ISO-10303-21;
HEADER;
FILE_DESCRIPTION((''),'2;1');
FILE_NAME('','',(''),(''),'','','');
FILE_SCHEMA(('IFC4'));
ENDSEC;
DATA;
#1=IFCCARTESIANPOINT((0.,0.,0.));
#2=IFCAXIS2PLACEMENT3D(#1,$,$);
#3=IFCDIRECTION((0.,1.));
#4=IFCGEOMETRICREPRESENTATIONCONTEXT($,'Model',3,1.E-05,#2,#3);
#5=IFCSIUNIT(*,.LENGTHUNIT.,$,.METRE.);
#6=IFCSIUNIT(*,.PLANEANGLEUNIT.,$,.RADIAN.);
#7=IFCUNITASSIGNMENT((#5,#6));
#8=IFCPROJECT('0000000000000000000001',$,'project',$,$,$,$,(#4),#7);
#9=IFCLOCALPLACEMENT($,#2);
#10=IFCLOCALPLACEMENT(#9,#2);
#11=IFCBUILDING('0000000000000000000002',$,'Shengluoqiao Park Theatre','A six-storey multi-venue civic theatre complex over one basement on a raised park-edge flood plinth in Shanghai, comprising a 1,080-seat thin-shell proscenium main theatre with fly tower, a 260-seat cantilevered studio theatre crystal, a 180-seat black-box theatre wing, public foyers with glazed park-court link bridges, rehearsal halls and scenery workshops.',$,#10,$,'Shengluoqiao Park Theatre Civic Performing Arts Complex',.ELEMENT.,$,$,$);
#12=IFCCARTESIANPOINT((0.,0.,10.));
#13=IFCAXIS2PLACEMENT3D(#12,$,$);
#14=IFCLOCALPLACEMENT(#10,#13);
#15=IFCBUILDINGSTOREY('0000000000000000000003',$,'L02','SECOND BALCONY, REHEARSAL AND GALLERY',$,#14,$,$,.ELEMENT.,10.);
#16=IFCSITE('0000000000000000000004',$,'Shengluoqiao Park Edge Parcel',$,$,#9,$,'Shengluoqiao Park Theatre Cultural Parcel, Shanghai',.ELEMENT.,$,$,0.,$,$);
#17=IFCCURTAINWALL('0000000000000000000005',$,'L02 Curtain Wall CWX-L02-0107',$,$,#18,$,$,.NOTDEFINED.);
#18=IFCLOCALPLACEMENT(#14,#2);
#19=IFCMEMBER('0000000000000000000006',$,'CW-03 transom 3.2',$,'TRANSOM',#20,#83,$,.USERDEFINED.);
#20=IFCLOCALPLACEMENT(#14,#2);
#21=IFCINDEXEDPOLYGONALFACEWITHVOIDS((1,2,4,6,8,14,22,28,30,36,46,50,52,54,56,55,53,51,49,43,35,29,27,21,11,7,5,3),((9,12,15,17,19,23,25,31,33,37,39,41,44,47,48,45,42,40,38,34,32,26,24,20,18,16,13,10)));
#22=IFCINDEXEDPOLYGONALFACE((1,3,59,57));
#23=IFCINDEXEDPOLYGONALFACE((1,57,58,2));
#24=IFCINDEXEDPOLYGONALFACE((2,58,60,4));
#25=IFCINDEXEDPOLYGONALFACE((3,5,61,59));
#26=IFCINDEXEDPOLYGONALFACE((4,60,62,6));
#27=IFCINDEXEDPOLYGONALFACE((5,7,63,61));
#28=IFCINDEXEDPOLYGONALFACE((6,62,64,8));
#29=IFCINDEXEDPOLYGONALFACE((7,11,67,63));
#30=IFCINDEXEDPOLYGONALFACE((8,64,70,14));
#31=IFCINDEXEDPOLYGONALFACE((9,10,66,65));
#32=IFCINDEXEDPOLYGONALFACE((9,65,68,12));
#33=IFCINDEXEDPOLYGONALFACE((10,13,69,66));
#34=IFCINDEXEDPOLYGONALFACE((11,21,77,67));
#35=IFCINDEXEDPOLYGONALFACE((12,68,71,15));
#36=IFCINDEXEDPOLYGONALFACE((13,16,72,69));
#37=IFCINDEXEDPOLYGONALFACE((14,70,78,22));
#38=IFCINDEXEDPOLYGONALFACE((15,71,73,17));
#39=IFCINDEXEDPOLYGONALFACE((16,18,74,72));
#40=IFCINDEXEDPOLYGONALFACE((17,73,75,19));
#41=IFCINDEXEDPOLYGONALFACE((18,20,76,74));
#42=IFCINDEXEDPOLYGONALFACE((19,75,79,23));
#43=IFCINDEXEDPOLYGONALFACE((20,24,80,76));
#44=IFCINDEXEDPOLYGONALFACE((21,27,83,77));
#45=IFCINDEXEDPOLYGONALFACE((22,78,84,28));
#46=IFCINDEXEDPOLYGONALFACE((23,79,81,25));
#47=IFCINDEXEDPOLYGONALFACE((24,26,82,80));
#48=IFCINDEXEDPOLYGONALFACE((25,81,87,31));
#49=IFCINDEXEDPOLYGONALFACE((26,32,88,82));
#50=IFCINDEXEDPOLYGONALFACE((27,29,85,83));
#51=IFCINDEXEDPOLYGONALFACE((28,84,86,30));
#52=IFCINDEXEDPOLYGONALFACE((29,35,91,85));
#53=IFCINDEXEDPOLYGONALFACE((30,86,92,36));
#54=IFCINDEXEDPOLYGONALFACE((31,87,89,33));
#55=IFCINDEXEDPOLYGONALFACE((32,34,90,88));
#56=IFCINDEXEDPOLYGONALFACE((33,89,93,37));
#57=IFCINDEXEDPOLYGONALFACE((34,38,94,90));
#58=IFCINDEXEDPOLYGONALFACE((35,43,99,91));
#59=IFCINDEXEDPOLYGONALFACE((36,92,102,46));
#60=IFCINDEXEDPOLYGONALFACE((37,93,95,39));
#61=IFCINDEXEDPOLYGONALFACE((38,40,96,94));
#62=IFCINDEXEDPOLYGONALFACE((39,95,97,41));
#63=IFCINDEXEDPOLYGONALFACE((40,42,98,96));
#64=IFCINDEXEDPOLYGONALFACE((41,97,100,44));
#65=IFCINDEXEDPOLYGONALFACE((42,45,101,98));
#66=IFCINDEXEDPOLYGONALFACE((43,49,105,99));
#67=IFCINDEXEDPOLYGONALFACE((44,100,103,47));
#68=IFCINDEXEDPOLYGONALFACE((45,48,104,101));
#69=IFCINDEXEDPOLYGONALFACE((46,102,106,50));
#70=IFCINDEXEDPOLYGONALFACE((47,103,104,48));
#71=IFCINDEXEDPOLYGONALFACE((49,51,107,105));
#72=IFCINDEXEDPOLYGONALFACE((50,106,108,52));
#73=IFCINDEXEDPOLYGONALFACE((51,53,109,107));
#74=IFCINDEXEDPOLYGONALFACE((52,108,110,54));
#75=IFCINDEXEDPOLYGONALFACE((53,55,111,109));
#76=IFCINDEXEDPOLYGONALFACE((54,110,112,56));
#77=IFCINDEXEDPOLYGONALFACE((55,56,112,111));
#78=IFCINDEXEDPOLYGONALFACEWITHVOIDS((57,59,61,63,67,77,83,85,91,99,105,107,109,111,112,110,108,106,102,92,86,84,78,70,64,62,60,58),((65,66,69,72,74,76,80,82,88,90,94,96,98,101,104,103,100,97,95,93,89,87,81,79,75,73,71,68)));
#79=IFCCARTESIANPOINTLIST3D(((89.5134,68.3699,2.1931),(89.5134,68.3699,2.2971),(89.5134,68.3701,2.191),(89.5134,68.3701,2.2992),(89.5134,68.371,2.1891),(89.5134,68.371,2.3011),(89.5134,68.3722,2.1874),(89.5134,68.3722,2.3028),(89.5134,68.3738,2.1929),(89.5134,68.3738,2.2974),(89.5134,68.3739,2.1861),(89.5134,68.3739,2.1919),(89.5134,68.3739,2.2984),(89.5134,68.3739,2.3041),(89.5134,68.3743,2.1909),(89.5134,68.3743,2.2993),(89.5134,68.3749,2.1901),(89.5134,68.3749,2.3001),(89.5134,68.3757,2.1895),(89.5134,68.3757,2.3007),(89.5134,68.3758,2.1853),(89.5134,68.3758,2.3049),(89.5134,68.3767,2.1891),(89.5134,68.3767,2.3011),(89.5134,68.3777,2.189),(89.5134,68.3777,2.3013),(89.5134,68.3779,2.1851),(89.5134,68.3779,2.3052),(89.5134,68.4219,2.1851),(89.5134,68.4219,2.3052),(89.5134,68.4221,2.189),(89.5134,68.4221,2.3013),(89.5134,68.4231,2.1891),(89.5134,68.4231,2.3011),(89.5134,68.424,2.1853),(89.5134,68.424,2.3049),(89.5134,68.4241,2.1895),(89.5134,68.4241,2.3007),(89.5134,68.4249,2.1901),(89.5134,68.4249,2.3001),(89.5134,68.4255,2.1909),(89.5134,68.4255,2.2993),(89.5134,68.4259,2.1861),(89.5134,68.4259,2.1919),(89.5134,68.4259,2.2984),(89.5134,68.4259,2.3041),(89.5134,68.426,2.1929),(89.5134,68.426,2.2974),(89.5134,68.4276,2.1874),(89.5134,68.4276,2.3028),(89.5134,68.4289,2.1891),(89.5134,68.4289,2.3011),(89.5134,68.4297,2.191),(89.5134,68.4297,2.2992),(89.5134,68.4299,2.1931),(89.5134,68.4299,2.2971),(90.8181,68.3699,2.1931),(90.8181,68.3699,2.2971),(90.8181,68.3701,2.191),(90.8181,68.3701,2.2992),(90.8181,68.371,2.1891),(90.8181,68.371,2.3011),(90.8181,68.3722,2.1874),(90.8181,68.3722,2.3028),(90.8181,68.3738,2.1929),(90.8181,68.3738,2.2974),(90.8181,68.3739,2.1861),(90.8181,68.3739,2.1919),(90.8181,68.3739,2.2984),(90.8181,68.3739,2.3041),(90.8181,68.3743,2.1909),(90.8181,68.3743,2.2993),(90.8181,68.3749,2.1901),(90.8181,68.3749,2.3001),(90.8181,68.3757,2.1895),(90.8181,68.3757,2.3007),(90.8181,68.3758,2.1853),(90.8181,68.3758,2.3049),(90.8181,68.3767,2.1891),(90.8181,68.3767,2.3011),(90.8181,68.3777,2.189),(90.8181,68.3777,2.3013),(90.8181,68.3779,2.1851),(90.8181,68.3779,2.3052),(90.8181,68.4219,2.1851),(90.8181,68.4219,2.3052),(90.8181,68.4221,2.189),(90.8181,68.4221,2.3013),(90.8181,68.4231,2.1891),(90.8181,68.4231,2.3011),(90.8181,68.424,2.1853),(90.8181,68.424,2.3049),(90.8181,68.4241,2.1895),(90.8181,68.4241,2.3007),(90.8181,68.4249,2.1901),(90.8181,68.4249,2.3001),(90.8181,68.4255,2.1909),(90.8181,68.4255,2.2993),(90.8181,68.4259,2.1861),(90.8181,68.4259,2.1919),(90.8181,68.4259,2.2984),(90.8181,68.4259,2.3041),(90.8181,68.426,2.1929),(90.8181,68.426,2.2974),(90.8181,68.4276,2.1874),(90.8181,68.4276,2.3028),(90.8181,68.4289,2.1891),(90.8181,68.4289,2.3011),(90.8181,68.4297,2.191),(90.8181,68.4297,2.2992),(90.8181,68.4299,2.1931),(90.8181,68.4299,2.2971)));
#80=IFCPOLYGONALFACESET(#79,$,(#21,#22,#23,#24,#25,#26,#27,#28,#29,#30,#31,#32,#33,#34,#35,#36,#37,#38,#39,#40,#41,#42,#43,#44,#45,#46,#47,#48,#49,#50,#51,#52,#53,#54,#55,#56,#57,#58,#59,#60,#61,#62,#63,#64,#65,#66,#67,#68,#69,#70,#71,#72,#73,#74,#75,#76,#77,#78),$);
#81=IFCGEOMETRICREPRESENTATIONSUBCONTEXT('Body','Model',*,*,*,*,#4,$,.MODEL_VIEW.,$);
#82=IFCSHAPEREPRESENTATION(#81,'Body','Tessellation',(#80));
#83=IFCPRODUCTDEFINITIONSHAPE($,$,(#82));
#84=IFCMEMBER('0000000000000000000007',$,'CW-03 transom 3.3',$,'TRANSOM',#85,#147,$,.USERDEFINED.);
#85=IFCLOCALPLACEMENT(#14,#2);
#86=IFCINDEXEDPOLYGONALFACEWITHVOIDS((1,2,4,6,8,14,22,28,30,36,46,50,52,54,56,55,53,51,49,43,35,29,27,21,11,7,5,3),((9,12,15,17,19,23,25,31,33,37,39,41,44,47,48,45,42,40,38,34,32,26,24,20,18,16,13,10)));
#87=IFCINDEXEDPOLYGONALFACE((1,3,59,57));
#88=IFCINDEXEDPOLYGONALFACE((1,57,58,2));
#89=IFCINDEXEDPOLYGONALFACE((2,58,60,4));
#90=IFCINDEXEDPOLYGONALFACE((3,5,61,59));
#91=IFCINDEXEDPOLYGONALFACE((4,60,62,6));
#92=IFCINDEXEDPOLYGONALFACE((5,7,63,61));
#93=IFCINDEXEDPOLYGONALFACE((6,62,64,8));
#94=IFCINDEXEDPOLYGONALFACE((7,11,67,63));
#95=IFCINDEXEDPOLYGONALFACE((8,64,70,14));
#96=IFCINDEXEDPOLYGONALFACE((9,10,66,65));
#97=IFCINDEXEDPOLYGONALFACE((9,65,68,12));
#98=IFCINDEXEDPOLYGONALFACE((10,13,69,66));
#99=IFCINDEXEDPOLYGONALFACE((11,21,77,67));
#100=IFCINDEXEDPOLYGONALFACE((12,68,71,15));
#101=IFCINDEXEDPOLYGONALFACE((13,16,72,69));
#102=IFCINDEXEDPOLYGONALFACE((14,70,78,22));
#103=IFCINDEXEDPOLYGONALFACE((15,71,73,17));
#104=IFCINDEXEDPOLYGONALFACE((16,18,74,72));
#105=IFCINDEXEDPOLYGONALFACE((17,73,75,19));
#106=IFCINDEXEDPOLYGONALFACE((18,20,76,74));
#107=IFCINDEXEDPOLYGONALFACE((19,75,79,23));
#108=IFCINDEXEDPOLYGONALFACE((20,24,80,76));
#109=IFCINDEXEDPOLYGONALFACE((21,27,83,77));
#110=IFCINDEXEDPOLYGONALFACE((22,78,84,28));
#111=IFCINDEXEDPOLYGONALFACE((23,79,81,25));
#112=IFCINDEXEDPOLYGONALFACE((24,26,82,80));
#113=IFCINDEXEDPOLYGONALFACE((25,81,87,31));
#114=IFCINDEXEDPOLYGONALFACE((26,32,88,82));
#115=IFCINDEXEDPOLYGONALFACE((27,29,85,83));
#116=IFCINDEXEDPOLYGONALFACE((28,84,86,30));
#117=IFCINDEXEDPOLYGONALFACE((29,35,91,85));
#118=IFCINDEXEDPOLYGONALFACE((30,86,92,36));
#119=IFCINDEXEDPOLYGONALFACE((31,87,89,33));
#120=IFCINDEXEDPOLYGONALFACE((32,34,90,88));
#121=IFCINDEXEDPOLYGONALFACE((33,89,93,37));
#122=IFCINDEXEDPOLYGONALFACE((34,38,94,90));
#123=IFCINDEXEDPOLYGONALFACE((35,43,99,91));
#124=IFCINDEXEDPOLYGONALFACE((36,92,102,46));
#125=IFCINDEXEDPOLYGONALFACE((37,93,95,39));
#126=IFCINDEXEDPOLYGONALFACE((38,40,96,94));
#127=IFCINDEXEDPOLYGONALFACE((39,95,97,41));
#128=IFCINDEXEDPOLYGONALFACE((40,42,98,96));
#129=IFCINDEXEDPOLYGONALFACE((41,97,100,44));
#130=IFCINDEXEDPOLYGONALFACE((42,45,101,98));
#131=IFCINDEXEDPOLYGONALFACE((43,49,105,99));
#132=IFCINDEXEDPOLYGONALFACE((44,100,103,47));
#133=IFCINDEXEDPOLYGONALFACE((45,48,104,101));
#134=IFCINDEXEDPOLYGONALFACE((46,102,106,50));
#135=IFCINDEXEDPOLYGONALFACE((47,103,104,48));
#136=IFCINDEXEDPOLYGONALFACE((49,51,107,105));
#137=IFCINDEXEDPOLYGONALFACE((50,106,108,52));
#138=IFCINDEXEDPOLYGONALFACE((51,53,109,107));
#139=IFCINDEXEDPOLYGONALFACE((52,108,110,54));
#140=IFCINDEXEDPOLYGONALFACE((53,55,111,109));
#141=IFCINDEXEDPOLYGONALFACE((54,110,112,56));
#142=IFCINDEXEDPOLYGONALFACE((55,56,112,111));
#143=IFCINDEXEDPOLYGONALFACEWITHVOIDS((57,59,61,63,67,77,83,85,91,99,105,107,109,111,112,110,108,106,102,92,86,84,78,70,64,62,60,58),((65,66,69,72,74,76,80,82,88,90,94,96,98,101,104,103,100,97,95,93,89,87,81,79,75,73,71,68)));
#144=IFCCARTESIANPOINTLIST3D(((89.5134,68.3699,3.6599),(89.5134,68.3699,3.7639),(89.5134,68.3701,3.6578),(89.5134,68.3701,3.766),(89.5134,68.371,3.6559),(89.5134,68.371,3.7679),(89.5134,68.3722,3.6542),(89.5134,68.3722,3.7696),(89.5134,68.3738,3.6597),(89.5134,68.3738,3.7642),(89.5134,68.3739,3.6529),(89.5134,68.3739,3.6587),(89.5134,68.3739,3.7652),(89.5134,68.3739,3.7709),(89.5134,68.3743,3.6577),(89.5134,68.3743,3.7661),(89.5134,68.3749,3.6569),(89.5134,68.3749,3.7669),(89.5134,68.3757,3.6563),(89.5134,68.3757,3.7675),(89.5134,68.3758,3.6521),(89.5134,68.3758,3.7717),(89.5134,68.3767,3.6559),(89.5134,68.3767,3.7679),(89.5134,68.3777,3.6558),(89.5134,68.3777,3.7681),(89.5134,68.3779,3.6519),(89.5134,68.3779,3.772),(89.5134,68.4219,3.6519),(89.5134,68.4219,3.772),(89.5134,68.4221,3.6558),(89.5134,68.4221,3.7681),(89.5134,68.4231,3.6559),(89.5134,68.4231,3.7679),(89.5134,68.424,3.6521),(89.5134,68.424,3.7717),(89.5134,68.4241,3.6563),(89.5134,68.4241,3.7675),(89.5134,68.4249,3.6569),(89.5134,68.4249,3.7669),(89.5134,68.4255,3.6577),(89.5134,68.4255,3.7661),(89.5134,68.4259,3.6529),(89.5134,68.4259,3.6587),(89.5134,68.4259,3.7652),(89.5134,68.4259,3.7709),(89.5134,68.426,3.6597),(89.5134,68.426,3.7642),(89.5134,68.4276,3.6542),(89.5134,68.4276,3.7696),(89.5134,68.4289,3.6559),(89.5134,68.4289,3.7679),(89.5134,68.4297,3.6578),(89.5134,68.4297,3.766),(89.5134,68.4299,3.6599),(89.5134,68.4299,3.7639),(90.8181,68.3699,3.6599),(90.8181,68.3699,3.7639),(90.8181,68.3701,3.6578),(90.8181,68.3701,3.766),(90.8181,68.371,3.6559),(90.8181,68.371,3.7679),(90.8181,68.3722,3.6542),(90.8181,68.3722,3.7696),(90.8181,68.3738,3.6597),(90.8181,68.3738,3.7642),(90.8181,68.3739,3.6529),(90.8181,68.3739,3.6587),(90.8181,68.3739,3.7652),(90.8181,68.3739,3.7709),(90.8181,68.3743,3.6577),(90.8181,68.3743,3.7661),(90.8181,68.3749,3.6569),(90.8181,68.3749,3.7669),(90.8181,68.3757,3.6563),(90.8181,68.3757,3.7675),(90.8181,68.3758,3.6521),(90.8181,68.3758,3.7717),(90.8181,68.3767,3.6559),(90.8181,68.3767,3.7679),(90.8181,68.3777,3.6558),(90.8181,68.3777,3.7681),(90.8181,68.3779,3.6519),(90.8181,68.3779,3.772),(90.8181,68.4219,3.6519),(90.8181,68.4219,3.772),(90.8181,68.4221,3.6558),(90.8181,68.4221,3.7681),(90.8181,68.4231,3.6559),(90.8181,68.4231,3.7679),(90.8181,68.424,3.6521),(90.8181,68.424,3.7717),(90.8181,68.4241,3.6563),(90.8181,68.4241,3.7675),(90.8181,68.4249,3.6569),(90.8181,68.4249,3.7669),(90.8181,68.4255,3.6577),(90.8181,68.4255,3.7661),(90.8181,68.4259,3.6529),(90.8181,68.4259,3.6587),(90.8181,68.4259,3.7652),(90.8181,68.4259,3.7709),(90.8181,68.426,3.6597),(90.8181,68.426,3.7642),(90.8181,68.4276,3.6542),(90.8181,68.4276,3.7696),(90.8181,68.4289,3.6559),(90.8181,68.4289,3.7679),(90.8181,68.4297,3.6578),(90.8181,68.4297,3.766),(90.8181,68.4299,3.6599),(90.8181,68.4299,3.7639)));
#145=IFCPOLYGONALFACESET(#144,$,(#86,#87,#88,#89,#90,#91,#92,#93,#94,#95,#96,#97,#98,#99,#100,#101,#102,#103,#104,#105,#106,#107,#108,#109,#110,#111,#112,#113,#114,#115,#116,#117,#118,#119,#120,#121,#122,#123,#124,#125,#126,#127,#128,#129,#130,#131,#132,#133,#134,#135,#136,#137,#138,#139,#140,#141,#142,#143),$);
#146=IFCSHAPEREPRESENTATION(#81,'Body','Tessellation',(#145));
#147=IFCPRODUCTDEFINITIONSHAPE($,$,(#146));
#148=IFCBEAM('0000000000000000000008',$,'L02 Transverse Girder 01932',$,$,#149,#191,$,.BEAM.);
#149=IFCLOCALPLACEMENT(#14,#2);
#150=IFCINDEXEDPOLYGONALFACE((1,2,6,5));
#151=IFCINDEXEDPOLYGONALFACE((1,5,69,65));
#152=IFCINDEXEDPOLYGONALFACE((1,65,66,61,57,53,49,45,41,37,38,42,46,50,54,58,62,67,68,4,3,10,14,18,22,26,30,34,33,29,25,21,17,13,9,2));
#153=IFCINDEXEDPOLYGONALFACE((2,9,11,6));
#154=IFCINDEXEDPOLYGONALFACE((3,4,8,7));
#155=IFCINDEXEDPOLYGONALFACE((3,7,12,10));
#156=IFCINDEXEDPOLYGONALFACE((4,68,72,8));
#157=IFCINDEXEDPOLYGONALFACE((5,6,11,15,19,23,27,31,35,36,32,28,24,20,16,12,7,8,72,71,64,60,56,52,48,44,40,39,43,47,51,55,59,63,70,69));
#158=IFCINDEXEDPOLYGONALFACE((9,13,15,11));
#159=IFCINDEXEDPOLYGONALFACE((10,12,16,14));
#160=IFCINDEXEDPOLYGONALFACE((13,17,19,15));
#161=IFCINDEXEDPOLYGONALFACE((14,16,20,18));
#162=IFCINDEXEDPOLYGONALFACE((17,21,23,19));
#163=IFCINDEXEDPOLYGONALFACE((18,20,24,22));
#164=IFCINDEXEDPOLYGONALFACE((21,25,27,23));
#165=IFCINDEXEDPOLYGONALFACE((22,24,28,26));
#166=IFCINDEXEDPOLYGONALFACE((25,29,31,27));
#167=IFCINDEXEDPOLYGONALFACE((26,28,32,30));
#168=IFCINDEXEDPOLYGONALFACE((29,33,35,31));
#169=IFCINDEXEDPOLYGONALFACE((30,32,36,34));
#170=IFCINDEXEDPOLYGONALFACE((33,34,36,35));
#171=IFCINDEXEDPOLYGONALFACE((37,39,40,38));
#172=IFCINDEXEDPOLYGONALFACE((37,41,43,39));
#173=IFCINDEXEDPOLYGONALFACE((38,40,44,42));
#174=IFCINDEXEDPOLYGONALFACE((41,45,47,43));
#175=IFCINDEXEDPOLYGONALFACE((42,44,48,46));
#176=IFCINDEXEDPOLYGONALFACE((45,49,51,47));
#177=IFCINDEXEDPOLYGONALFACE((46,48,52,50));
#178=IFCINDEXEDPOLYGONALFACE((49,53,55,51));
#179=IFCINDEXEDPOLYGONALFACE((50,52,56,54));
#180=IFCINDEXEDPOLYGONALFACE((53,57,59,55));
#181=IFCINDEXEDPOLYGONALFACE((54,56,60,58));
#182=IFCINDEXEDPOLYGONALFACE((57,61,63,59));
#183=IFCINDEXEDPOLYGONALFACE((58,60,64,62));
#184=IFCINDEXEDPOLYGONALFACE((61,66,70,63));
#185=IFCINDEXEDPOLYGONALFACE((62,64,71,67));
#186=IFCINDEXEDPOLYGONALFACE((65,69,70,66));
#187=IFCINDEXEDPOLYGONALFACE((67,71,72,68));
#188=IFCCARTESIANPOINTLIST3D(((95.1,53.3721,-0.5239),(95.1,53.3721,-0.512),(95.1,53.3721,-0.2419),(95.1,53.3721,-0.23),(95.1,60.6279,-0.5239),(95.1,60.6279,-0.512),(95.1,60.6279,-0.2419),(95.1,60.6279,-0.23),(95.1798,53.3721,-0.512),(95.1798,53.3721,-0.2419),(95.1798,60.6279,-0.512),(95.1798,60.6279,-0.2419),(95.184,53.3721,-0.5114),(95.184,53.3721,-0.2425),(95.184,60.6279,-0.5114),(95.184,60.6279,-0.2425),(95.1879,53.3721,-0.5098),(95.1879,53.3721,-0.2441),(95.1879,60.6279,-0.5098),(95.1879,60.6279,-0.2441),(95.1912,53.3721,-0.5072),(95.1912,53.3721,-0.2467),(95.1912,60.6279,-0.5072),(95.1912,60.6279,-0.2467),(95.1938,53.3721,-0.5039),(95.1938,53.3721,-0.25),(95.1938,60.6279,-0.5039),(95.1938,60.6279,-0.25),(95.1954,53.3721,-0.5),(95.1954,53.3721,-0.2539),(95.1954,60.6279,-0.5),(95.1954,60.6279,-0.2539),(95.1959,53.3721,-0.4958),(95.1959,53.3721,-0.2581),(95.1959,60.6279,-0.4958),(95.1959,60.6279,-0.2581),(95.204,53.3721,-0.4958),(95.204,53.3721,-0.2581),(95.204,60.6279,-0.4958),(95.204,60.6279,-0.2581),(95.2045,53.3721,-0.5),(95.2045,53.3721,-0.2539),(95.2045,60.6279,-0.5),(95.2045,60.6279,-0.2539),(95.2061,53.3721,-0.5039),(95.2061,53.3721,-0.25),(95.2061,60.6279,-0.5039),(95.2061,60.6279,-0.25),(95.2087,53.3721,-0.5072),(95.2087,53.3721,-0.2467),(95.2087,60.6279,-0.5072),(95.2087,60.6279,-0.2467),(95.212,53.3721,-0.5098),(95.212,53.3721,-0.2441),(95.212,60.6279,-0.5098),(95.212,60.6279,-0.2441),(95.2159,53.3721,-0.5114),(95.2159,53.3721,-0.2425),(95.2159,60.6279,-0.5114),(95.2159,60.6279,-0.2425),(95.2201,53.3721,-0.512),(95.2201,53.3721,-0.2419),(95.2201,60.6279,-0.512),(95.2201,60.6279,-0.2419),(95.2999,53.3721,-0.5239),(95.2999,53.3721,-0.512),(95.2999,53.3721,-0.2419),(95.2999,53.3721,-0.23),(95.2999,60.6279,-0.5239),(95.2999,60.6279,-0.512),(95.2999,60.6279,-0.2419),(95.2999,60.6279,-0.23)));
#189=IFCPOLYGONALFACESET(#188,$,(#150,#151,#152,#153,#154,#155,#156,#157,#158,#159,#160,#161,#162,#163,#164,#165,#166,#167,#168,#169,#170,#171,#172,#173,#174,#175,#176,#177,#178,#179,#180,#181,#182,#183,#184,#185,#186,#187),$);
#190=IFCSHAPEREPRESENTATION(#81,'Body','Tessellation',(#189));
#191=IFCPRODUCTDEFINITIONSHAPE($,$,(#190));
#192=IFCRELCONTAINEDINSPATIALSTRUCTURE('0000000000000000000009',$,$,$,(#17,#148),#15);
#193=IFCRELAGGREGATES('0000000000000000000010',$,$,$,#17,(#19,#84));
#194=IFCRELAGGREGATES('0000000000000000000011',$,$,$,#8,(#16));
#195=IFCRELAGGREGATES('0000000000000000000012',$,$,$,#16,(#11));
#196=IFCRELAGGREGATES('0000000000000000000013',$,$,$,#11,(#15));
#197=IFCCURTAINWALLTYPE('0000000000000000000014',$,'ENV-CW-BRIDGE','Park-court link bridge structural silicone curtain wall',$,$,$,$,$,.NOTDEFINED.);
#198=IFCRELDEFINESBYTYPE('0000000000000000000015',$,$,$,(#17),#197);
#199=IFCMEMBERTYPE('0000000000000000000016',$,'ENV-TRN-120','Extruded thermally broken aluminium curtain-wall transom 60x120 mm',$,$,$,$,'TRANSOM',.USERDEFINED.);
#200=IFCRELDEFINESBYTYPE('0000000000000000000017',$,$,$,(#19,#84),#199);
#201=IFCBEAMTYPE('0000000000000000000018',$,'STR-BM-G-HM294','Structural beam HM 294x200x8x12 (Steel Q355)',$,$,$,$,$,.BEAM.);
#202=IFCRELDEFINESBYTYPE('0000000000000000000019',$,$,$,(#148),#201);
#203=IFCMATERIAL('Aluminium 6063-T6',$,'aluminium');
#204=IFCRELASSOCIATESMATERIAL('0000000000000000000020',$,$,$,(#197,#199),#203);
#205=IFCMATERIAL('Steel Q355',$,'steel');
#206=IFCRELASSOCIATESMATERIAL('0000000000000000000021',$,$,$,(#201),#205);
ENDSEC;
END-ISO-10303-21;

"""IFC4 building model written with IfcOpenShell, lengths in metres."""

from ifc_helpers import new_model, si_unit, direction, frame, origin, origin_2d, place, context, subcontext, project, spatial, hollow_rectangle, i_section, extrude, material, material_profile, profile_set, type_object, element, aggregate, save


model = new_model("IFC4")

# Units and contexts
model_context = context("Model", 3, precision=1e-05, world=origin(), true_north=direction((0.0, 1.0)))
body_context = subcontext(model_context, "Body", "Model", "MODEL_VIEW")
ifc_project = project(units=[si_unit("LENGTHUNIT", "METRE"), si_unit("PLANEANGLEUNIT", "RADIAN")], contexts=[model_context])

# Site, building, storey
site_placement = place(None, origin())
site = spatial("IfcSite", under=ifc_project, at=site_placement, Name="Shengluoqiao Park Edge Parcel", LongName="Shengluoqiao Park Theatre Cultural Parcel, Shanghai", CompositionType="ELEMENT", RefElevation=0.0)
building_placement = place(site_placement, origin())
building = spatial("IfcBuilding", under=site, at=building_placement, Name="Shengluoqiao Park Theatre", Description="A six-storey multi-venue civic theatre complex over one basement on a raised park-edge flood plinth in Shanghai, comprising a 1,080-seat thin-shell proscenium main theatre with fly tower, a 260-seat cantilevered studio theatre crystal, a 180-seat black-box theatre wing, public foyers with glazed park-court link bridges, rehearsal halls and scenery workshops.", LongName="Shengluoqiao Park Theatre Civic Performing Arts Complex", CompositionType="ELEMENT")
storey_placement = place(building_placement, frame((0.0, 0.0, 10.0)))
storey = spatial("IfcBuildingStorey", under=building, at=storey_placement, Name="L02", Description="SECOND BALCONY, REHEARSAL AND GALLERY", CompositionType="ELEMENT", Elevation=10.0)

# Curtain wall, members
ifc_material_1 = material(Name="Aluminium 6063-T6", Category="aluminium")
curtain_wall_type = type_object("IfcCurtainWallType", Name="ENV-CW-BRIDGE", Description="Park-court link bridge structural silicone curtain wall", PredefinedType="NOTDEFINED", material=ifc_material_1)
curtain_wall_placement = place(storey_placement, origin())
curtain_wall = element("IfcCurtainWall", 1, at=curtain_wall_placement, inside=storey, type_object=curtain_wall_type, Name="L02 Curtain Wall CWX-L02-0107", PredefinedType="NOTDEFINED")
ifc_material_profile_1 = material_profile(ifc_material_1, hollow_rectangle(XDim=0.0601, YDim=0.1201, WallThickness=0.0039, InnerFilletRadius=0.0039, OuterFilletRadius=0.0081, at=origin_2d()), Name="ALU TRANSOM 120x60x4")
ifc_profile_set_1 = profile_set([ifc_material_profile_1], Name="Aluminium 6063-T6")
member_type_1 = type_object("IfcMemberType", Name="ENV-TRN-120", Description="Extruded thermally broken aluminium curtain-wall transom 60x120 mm", ElementType="TRANSOM", PredefinedType="USERDEFINED", material=ifc_profile_set_1)
member_1_placement = place(storey_placement, frame((89.5134, 68.3999, 2.2451), z_axis=(1.0, 0.0, 0.0), x_axis=(0.0, 1.0, 0.0)))
member_1 = element("IfcMember", 2, at=member_1_placement, type_object=member_type_1, Name="CW-03 transom 3.2", ObjectType="TRANSOM", PredefinedType="USERDEFINED", context=body_context, shape_type="SweptSolid", body=[
    extrude(hollow_rectangle(XDim=0.0601, YDim=0.1201, WallThickness=0.0039, InnerFilletRadius=0.0039, OuterFilletRadius=0.0081, at=origin_2d()), origin(), (0.0, 0.0, 1.0), 1.3047),
])
member_2_placement = place(storey_placement, frame((89.5134, 68.3999, 3.7119), z_axis=(1.0, 0.0, 0.0), x_axis=(0.0, 1.0, 0.0)))
member_2 = element("IfcMember", 3, at=member_2_placement, type_object=member_type_1, Name="CW-03 transom 3.3", ObjectType="TRANSOM", PredefinedType="USERDEFINED", context=body_context, shape_type="SweptSolid", body=[
    extrude(hollow_rectangle(XDim=0.0601, YDim=0.1201, WallThickness=0.0039, InnerFilletRadius=0.0039, OuterFilletRadius=0.0081, at=origin_2d()), origin(), (0.0, 0.0, 1.0), 1.3047),
])
aggregate(curtain_wall, [member_1, member_2])

# Beam
ifc_material_2 = material(Name="Steel Q355", Category="steel")
ifc_material_profile_2 = material_profile(ifc_material_2, i_section(OverallWidth=0.2, OverallDepth=0.2939, WebThickness=0.0081, FlangeThickness=0.012, FilletRadius=0.0161, at=origin_2d()), Name="HM 294x200x8x12")
ifc_profile_set_2 = profile_set([ifc_material_profile_2], Name="Steel Q355")
beam_type_1 = type_object("IfcBeamType", Name="STR-BM-G-HM294", Description="Structural beam HM 294x200x8x12 (Steel Q355)", PredefinedType="BEAM", material=ifc_profile_set_2)
for number, where, z_axis, x_axis, name in (
    (4, (95.2, 53.3721, -0.377), (0.0, 1.0, 0.0), (-1.0, 0.0, 0.0), "L02 Transverse Girder 01932"),
):
    element("IfcBeam", number, at=place(storey_placement, frame(where, z_axis=z_axis, x_axis=x_axis)), inside=storey, type_object=beam_type_1, Name=name, PredefinedType="BEAM", context=body_context, shape_type="SweptSolid", body=[
        extrude(i_section(OverallWidth=0.2, OverallDepth=0.2939, WebThickness=0.0081, FlangeThickness=0.012, FilletRadius=0.0161, at=origin_2d()), origin(), (0.0, 0.0, 1.0), 7.2559),
    ])

save(model, "model.ifc")
